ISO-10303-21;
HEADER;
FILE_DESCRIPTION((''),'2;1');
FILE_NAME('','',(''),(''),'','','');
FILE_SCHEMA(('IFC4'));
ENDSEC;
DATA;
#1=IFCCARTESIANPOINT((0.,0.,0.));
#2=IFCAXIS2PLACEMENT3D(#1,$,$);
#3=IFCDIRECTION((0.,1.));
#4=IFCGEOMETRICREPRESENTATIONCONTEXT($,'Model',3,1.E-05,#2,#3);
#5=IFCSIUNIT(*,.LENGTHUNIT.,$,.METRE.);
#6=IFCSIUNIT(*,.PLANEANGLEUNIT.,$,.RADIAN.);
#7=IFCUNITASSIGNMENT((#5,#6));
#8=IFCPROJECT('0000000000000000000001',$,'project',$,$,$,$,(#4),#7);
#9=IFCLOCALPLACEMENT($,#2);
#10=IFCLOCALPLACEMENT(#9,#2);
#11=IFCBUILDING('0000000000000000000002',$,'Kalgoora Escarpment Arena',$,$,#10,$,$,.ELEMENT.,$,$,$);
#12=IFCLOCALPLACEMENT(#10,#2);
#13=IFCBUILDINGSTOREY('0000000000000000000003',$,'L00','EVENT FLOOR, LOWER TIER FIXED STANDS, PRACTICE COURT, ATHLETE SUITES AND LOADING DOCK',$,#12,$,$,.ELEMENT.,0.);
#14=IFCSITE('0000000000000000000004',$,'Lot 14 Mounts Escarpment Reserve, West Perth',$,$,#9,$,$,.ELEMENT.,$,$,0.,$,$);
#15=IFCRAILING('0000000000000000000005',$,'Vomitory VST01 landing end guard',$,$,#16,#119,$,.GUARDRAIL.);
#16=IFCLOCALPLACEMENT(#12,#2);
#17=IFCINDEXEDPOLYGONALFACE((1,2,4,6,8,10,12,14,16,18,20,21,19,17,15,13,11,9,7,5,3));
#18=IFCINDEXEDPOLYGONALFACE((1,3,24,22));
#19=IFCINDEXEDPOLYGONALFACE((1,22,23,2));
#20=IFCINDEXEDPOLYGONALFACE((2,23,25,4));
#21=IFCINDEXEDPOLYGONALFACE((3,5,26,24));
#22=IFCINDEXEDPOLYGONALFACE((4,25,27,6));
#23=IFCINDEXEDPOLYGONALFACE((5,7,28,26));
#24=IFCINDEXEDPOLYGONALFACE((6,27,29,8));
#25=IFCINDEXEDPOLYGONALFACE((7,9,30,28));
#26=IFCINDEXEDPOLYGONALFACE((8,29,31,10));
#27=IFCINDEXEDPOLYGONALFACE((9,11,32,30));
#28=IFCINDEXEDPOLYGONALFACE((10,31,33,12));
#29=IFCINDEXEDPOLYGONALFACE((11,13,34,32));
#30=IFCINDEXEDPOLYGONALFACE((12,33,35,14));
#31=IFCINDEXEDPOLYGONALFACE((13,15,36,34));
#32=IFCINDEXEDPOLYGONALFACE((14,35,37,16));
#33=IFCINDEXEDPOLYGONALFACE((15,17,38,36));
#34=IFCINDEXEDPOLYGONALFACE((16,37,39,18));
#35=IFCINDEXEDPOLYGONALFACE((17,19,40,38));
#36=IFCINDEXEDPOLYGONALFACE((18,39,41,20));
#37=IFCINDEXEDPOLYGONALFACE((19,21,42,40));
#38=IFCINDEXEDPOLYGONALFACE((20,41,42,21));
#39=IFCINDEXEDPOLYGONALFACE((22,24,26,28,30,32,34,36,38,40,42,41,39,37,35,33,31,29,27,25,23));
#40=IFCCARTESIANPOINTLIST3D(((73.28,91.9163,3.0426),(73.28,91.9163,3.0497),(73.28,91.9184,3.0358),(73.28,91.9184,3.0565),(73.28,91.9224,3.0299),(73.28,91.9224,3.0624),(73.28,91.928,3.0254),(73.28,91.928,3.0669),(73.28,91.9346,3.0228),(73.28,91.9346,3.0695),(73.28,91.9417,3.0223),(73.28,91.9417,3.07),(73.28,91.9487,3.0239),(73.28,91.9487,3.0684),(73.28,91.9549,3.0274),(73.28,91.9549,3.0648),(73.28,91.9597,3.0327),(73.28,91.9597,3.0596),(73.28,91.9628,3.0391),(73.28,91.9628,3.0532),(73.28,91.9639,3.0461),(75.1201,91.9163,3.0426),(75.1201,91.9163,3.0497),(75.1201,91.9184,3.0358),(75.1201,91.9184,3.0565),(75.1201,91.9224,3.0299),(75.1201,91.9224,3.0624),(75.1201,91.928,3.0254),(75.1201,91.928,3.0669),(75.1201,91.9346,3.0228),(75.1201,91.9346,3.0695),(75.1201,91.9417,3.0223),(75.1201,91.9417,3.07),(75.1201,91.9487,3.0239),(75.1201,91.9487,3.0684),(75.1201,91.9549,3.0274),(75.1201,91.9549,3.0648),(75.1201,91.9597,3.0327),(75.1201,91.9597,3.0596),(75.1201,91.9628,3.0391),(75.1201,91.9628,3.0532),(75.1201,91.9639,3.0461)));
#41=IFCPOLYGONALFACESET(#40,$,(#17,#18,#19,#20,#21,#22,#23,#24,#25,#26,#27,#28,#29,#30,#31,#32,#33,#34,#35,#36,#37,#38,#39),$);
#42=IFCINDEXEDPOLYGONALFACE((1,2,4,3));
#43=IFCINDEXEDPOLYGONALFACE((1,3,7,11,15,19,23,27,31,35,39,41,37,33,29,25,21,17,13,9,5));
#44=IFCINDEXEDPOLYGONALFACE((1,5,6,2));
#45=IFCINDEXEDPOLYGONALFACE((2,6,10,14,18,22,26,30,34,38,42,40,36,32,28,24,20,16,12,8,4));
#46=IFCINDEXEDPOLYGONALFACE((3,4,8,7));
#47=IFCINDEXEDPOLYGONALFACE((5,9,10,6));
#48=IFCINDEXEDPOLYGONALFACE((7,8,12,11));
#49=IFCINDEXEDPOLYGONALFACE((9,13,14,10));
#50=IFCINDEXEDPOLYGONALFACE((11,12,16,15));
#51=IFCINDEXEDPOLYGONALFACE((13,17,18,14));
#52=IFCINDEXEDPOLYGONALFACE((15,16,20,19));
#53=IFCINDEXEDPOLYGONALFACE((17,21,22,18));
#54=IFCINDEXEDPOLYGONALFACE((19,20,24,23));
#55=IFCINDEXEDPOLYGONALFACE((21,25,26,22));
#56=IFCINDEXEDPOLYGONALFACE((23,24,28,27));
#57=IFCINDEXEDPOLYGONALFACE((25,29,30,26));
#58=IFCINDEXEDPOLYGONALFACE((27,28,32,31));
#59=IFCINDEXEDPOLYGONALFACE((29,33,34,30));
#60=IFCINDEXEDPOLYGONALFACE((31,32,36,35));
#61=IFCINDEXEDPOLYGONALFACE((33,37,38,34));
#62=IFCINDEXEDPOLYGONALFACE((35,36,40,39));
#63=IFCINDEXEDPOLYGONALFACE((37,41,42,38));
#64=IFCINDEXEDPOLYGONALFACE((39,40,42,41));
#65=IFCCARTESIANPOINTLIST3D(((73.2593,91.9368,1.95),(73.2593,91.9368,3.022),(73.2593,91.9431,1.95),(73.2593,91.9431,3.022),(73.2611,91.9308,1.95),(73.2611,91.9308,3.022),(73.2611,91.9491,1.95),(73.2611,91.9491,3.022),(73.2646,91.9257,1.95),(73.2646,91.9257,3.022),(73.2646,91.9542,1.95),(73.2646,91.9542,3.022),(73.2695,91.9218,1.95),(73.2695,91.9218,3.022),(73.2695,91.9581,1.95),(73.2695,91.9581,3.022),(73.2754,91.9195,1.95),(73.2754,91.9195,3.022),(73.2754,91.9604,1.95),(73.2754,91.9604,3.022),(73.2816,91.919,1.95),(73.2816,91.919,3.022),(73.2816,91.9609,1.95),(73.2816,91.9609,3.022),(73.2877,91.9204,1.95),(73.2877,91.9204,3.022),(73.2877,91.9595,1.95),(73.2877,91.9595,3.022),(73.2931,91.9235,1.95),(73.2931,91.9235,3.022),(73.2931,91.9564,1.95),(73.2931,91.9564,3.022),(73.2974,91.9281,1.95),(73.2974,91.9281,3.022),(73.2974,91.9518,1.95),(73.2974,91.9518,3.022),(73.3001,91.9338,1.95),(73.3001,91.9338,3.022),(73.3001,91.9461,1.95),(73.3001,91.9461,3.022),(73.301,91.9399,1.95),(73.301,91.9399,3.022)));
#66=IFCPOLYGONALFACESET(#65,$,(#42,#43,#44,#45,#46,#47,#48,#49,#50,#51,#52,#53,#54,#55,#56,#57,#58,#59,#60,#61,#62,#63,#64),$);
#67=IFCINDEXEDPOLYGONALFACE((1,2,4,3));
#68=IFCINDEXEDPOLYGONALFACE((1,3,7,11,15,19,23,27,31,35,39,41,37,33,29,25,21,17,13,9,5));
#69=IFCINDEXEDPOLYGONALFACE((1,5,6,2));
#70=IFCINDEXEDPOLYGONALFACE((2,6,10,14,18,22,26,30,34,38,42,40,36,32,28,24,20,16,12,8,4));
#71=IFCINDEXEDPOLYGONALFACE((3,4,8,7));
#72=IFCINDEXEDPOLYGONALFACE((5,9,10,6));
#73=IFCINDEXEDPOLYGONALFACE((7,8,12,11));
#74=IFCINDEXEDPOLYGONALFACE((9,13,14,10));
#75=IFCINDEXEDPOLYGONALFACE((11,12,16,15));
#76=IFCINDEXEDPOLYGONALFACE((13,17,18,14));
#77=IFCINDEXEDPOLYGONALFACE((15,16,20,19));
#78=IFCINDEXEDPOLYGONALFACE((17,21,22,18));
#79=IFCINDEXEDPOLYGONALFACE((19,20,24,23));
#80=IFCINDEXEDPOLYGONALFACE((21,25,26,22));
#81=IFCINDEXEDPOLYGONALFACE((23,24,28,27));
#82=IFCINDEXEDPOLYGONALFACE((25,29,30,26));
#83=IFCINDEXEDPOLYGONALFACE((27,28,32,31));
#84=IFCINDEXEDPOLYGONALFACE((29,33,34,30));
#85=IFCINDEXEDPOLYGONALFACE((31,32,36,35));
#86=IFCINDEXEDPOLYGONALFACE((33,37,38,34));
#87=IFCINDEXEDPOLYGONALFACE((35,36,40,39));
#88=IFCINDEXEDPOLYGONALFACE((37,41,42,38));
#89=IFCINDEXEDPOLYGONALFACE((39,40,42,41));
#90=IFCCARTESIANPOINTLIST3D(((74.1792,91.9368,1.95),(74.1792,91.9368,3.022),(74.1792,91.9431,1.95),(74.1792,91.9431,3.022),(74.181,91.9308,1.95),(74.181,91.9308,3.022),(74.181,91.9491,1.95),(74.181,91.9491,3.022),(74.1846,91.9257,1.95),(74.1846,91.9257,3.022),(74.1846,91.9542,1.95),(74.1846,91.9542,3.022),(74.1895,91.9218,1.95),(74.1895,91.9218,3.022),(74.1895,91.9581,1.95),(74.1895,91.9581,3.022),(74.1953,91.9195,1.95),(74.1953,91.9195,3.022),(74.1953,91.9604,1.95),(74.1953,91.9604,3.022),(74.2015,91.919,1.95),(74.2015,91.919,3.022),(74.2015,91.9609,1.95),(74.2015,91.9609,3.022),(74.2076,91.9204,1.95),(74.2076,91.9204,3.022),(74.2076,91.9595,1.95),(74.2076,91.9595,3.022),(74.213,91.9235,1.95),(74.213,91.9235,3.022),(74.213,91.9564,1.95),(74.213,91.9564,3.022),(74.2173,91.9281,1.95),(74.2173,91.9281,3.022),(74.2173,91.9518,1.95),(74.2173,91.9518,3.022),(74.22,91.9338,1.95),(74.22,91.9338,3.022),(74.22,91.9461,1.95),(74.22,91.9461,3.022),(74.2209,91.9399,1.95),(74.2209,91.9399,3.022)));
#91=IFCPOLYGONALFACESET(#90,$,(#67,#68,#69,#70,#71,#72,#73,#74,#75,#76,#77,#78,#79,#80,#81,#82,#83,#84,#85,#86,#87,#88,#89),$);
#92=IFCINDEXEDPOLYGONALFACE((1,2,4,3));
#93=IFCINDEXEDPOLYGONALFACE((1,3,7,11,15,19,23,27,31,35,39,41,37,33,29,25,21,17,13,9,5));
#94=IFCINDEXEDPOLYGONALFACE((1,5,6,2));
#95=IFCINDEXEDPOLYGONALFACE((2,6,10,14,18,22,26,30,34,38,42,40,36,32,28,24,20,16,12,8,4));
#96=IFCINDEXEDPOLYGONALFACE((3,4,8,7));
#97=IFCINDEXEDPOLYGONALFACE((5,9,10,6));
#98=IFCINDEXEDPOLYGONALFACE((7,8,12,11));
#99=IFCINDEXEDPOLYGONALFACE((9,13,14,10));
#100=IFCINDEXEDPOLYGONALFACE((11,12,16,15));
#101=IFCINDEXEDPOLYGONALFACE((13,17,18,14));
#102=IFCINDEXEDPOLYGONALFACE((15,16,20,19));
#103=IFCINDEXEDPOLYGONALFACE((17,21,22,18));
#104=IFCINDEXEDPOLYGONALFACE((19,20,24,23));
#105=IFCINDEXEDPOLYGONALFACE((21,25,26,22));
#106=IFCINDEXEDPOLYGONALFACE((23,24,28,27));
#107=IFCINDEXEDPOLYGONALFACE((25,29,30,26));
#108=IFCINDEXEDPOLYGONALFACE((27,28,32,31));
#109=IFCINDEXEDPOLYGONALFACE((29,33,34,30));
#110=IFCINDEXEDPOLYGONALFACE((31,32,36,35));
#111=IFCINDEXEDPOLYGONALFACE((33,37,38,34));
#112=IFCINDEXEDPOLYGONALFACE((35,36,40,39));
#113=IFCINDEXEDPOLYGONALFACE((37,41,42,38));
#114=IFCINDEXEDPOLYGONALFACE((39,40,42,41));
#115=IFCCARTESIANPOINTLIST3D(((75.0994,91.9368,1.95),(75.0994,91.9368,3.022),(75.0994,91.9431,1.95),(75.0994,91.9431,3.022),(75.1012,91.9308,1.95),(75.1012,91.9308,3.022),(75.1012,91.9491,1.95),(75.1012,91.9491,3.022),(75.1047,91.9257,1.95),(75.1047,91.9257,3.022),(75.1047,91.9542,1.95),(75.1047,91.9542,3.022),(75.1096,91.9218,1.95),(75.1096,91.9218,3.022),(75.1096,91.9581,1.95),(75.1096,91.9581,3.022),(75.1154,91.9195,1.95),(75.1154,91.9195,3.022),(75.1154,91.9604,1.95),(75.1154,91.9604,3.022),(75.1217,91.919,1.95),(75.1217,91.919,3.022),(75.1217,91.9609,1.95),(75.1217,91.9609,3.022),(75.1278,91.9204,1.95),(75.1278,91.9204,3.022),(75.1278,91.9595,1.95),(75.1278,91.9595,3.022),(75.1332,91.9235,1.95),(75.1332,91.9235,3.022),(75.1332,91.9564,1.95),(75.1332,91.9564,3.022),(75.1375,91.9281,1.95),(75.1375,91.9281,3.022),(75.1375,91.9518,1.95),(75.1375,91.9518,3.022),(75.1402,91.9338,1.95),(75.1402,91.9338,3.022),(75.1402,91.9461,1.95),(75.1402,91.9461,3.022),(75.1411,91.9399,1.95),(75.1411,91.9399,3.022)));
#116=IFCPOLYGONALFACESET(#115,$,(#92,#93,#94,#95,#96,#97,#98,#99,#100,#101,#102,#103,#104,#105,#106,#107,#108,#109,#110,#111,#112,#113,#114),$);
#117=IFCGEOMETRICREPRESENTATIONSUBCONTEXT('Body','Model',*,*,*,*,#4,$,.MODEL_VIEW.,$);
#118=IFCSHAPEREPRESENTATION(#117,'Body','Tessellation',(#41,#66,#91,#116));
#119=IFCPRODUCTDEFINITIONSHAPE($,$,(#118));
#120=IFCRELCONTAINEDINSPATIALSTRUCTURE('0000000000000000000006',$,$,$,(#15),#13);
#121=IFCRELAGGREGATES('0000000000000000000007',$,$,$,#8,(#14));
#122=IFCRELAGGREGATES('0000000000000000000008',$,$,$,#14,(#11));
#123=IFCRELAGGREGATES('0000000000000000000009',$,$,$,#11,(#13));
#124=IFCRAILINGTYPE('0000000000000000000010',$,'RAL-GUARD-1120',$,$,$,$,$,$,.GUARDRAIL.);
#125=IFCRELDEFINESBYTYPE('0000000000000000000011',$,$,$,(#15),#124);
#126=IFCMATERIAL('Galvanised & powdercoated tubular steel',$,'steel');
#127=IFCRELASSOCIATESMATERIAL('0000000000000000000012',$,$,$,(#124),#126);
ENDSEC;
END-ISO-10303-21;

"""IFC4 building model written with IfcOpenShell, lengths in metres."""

from ifc_helpers import new_model, si_unit, direction, frame, origin, origin_2d, place, context, subcontext, project, spatial, circle, extrude, material, type_object, element, save


model = new_model("IFC4")

# Units and contexts
model_context = context("Model", 3, precision=1e-05, world=origin(), true_north=direction((0.0, 1.0)))
body_context = subcontext(model_context, "Body", "Model", "MODEL_VIEW")
ifc_project = project(units=[si_unit("LENGTHUNIT", "METRE"), si_unit("PLANEANGLEUNIT", "RADIAN")], contexts=[model_context])

# Site, building, storey
site_placement = place(None, origin())
site = spatial("IfcSite", under=ifc_project, at=site_placement, Name="Lot 14 Mounts Escarpment Reserve, West Perth", CompositionType="ELEMENT", RefElevation=0.0)
building_placement = place(site_placement, origin())
building = spatial("IfcBuilding", under=site, at=building_placement, Name="Kalgoora Escarpment Arena", CompositionType="ELEMENT")
storey_placement = place(building_placement, origin())
storey = spatial("IfcBuildingStorey", under=building, at=storey_placement, Name="L00", Description="EVENT FLOOR, LOWER TIER FIXED STANDS, PRACTICE COURT, ATHLETE SUITES AND LOADING DOCK", CompositionType="ELEMENT", Elevation=0.0)

# Railing
ifc_material_1 = material(Name="Galvanised & powdercoated tubular steel", Category="steel")
railing_type_1 = type_object("IfcRailingType", Name="RAL-GUARD-1120", PredefinedType="GUARDRAIL", material=ifc_material_1)
railing_1_placement = place(storey_placement, frame((73.28, 91.9399, 1.95)))
element("IfcRailing", 1, at=railing_1_placement, inside=storey, type_object=railing_type_1, Name="Vomitory VST01 landing end guard", PredefinedType="GUARDRAIL", context=body_context, shape_type="SweptSolid", body=[
    extrude(circle(Radius=0.0239, at=origin_2d()), frame((0.0, 0.0, 1.0962), z_axis=(1.0, 0.0, 0.0), x_axis=(0.0, 1.0, 0.0)), (0.0, 0.0, 1.0), 1.8401),
    extrude(circle(Radius=0.021, at=origin_2d()), origin(), (0.0, 0.0, 1.0), 1.072),
    extrude(circle(Radius=0.021, at=origin_2d()), frame((0.9199, 0.0, 0.0)), (0.0, 0.0, 1.0), 1.072),
    extrude(circle(Radius=0.021, at=origin_2d()), frame((1.8401, 0.0, 0.0)), (0.0, 0.0, 1.0), 1.072),
])

save(model, "model.ifc")
